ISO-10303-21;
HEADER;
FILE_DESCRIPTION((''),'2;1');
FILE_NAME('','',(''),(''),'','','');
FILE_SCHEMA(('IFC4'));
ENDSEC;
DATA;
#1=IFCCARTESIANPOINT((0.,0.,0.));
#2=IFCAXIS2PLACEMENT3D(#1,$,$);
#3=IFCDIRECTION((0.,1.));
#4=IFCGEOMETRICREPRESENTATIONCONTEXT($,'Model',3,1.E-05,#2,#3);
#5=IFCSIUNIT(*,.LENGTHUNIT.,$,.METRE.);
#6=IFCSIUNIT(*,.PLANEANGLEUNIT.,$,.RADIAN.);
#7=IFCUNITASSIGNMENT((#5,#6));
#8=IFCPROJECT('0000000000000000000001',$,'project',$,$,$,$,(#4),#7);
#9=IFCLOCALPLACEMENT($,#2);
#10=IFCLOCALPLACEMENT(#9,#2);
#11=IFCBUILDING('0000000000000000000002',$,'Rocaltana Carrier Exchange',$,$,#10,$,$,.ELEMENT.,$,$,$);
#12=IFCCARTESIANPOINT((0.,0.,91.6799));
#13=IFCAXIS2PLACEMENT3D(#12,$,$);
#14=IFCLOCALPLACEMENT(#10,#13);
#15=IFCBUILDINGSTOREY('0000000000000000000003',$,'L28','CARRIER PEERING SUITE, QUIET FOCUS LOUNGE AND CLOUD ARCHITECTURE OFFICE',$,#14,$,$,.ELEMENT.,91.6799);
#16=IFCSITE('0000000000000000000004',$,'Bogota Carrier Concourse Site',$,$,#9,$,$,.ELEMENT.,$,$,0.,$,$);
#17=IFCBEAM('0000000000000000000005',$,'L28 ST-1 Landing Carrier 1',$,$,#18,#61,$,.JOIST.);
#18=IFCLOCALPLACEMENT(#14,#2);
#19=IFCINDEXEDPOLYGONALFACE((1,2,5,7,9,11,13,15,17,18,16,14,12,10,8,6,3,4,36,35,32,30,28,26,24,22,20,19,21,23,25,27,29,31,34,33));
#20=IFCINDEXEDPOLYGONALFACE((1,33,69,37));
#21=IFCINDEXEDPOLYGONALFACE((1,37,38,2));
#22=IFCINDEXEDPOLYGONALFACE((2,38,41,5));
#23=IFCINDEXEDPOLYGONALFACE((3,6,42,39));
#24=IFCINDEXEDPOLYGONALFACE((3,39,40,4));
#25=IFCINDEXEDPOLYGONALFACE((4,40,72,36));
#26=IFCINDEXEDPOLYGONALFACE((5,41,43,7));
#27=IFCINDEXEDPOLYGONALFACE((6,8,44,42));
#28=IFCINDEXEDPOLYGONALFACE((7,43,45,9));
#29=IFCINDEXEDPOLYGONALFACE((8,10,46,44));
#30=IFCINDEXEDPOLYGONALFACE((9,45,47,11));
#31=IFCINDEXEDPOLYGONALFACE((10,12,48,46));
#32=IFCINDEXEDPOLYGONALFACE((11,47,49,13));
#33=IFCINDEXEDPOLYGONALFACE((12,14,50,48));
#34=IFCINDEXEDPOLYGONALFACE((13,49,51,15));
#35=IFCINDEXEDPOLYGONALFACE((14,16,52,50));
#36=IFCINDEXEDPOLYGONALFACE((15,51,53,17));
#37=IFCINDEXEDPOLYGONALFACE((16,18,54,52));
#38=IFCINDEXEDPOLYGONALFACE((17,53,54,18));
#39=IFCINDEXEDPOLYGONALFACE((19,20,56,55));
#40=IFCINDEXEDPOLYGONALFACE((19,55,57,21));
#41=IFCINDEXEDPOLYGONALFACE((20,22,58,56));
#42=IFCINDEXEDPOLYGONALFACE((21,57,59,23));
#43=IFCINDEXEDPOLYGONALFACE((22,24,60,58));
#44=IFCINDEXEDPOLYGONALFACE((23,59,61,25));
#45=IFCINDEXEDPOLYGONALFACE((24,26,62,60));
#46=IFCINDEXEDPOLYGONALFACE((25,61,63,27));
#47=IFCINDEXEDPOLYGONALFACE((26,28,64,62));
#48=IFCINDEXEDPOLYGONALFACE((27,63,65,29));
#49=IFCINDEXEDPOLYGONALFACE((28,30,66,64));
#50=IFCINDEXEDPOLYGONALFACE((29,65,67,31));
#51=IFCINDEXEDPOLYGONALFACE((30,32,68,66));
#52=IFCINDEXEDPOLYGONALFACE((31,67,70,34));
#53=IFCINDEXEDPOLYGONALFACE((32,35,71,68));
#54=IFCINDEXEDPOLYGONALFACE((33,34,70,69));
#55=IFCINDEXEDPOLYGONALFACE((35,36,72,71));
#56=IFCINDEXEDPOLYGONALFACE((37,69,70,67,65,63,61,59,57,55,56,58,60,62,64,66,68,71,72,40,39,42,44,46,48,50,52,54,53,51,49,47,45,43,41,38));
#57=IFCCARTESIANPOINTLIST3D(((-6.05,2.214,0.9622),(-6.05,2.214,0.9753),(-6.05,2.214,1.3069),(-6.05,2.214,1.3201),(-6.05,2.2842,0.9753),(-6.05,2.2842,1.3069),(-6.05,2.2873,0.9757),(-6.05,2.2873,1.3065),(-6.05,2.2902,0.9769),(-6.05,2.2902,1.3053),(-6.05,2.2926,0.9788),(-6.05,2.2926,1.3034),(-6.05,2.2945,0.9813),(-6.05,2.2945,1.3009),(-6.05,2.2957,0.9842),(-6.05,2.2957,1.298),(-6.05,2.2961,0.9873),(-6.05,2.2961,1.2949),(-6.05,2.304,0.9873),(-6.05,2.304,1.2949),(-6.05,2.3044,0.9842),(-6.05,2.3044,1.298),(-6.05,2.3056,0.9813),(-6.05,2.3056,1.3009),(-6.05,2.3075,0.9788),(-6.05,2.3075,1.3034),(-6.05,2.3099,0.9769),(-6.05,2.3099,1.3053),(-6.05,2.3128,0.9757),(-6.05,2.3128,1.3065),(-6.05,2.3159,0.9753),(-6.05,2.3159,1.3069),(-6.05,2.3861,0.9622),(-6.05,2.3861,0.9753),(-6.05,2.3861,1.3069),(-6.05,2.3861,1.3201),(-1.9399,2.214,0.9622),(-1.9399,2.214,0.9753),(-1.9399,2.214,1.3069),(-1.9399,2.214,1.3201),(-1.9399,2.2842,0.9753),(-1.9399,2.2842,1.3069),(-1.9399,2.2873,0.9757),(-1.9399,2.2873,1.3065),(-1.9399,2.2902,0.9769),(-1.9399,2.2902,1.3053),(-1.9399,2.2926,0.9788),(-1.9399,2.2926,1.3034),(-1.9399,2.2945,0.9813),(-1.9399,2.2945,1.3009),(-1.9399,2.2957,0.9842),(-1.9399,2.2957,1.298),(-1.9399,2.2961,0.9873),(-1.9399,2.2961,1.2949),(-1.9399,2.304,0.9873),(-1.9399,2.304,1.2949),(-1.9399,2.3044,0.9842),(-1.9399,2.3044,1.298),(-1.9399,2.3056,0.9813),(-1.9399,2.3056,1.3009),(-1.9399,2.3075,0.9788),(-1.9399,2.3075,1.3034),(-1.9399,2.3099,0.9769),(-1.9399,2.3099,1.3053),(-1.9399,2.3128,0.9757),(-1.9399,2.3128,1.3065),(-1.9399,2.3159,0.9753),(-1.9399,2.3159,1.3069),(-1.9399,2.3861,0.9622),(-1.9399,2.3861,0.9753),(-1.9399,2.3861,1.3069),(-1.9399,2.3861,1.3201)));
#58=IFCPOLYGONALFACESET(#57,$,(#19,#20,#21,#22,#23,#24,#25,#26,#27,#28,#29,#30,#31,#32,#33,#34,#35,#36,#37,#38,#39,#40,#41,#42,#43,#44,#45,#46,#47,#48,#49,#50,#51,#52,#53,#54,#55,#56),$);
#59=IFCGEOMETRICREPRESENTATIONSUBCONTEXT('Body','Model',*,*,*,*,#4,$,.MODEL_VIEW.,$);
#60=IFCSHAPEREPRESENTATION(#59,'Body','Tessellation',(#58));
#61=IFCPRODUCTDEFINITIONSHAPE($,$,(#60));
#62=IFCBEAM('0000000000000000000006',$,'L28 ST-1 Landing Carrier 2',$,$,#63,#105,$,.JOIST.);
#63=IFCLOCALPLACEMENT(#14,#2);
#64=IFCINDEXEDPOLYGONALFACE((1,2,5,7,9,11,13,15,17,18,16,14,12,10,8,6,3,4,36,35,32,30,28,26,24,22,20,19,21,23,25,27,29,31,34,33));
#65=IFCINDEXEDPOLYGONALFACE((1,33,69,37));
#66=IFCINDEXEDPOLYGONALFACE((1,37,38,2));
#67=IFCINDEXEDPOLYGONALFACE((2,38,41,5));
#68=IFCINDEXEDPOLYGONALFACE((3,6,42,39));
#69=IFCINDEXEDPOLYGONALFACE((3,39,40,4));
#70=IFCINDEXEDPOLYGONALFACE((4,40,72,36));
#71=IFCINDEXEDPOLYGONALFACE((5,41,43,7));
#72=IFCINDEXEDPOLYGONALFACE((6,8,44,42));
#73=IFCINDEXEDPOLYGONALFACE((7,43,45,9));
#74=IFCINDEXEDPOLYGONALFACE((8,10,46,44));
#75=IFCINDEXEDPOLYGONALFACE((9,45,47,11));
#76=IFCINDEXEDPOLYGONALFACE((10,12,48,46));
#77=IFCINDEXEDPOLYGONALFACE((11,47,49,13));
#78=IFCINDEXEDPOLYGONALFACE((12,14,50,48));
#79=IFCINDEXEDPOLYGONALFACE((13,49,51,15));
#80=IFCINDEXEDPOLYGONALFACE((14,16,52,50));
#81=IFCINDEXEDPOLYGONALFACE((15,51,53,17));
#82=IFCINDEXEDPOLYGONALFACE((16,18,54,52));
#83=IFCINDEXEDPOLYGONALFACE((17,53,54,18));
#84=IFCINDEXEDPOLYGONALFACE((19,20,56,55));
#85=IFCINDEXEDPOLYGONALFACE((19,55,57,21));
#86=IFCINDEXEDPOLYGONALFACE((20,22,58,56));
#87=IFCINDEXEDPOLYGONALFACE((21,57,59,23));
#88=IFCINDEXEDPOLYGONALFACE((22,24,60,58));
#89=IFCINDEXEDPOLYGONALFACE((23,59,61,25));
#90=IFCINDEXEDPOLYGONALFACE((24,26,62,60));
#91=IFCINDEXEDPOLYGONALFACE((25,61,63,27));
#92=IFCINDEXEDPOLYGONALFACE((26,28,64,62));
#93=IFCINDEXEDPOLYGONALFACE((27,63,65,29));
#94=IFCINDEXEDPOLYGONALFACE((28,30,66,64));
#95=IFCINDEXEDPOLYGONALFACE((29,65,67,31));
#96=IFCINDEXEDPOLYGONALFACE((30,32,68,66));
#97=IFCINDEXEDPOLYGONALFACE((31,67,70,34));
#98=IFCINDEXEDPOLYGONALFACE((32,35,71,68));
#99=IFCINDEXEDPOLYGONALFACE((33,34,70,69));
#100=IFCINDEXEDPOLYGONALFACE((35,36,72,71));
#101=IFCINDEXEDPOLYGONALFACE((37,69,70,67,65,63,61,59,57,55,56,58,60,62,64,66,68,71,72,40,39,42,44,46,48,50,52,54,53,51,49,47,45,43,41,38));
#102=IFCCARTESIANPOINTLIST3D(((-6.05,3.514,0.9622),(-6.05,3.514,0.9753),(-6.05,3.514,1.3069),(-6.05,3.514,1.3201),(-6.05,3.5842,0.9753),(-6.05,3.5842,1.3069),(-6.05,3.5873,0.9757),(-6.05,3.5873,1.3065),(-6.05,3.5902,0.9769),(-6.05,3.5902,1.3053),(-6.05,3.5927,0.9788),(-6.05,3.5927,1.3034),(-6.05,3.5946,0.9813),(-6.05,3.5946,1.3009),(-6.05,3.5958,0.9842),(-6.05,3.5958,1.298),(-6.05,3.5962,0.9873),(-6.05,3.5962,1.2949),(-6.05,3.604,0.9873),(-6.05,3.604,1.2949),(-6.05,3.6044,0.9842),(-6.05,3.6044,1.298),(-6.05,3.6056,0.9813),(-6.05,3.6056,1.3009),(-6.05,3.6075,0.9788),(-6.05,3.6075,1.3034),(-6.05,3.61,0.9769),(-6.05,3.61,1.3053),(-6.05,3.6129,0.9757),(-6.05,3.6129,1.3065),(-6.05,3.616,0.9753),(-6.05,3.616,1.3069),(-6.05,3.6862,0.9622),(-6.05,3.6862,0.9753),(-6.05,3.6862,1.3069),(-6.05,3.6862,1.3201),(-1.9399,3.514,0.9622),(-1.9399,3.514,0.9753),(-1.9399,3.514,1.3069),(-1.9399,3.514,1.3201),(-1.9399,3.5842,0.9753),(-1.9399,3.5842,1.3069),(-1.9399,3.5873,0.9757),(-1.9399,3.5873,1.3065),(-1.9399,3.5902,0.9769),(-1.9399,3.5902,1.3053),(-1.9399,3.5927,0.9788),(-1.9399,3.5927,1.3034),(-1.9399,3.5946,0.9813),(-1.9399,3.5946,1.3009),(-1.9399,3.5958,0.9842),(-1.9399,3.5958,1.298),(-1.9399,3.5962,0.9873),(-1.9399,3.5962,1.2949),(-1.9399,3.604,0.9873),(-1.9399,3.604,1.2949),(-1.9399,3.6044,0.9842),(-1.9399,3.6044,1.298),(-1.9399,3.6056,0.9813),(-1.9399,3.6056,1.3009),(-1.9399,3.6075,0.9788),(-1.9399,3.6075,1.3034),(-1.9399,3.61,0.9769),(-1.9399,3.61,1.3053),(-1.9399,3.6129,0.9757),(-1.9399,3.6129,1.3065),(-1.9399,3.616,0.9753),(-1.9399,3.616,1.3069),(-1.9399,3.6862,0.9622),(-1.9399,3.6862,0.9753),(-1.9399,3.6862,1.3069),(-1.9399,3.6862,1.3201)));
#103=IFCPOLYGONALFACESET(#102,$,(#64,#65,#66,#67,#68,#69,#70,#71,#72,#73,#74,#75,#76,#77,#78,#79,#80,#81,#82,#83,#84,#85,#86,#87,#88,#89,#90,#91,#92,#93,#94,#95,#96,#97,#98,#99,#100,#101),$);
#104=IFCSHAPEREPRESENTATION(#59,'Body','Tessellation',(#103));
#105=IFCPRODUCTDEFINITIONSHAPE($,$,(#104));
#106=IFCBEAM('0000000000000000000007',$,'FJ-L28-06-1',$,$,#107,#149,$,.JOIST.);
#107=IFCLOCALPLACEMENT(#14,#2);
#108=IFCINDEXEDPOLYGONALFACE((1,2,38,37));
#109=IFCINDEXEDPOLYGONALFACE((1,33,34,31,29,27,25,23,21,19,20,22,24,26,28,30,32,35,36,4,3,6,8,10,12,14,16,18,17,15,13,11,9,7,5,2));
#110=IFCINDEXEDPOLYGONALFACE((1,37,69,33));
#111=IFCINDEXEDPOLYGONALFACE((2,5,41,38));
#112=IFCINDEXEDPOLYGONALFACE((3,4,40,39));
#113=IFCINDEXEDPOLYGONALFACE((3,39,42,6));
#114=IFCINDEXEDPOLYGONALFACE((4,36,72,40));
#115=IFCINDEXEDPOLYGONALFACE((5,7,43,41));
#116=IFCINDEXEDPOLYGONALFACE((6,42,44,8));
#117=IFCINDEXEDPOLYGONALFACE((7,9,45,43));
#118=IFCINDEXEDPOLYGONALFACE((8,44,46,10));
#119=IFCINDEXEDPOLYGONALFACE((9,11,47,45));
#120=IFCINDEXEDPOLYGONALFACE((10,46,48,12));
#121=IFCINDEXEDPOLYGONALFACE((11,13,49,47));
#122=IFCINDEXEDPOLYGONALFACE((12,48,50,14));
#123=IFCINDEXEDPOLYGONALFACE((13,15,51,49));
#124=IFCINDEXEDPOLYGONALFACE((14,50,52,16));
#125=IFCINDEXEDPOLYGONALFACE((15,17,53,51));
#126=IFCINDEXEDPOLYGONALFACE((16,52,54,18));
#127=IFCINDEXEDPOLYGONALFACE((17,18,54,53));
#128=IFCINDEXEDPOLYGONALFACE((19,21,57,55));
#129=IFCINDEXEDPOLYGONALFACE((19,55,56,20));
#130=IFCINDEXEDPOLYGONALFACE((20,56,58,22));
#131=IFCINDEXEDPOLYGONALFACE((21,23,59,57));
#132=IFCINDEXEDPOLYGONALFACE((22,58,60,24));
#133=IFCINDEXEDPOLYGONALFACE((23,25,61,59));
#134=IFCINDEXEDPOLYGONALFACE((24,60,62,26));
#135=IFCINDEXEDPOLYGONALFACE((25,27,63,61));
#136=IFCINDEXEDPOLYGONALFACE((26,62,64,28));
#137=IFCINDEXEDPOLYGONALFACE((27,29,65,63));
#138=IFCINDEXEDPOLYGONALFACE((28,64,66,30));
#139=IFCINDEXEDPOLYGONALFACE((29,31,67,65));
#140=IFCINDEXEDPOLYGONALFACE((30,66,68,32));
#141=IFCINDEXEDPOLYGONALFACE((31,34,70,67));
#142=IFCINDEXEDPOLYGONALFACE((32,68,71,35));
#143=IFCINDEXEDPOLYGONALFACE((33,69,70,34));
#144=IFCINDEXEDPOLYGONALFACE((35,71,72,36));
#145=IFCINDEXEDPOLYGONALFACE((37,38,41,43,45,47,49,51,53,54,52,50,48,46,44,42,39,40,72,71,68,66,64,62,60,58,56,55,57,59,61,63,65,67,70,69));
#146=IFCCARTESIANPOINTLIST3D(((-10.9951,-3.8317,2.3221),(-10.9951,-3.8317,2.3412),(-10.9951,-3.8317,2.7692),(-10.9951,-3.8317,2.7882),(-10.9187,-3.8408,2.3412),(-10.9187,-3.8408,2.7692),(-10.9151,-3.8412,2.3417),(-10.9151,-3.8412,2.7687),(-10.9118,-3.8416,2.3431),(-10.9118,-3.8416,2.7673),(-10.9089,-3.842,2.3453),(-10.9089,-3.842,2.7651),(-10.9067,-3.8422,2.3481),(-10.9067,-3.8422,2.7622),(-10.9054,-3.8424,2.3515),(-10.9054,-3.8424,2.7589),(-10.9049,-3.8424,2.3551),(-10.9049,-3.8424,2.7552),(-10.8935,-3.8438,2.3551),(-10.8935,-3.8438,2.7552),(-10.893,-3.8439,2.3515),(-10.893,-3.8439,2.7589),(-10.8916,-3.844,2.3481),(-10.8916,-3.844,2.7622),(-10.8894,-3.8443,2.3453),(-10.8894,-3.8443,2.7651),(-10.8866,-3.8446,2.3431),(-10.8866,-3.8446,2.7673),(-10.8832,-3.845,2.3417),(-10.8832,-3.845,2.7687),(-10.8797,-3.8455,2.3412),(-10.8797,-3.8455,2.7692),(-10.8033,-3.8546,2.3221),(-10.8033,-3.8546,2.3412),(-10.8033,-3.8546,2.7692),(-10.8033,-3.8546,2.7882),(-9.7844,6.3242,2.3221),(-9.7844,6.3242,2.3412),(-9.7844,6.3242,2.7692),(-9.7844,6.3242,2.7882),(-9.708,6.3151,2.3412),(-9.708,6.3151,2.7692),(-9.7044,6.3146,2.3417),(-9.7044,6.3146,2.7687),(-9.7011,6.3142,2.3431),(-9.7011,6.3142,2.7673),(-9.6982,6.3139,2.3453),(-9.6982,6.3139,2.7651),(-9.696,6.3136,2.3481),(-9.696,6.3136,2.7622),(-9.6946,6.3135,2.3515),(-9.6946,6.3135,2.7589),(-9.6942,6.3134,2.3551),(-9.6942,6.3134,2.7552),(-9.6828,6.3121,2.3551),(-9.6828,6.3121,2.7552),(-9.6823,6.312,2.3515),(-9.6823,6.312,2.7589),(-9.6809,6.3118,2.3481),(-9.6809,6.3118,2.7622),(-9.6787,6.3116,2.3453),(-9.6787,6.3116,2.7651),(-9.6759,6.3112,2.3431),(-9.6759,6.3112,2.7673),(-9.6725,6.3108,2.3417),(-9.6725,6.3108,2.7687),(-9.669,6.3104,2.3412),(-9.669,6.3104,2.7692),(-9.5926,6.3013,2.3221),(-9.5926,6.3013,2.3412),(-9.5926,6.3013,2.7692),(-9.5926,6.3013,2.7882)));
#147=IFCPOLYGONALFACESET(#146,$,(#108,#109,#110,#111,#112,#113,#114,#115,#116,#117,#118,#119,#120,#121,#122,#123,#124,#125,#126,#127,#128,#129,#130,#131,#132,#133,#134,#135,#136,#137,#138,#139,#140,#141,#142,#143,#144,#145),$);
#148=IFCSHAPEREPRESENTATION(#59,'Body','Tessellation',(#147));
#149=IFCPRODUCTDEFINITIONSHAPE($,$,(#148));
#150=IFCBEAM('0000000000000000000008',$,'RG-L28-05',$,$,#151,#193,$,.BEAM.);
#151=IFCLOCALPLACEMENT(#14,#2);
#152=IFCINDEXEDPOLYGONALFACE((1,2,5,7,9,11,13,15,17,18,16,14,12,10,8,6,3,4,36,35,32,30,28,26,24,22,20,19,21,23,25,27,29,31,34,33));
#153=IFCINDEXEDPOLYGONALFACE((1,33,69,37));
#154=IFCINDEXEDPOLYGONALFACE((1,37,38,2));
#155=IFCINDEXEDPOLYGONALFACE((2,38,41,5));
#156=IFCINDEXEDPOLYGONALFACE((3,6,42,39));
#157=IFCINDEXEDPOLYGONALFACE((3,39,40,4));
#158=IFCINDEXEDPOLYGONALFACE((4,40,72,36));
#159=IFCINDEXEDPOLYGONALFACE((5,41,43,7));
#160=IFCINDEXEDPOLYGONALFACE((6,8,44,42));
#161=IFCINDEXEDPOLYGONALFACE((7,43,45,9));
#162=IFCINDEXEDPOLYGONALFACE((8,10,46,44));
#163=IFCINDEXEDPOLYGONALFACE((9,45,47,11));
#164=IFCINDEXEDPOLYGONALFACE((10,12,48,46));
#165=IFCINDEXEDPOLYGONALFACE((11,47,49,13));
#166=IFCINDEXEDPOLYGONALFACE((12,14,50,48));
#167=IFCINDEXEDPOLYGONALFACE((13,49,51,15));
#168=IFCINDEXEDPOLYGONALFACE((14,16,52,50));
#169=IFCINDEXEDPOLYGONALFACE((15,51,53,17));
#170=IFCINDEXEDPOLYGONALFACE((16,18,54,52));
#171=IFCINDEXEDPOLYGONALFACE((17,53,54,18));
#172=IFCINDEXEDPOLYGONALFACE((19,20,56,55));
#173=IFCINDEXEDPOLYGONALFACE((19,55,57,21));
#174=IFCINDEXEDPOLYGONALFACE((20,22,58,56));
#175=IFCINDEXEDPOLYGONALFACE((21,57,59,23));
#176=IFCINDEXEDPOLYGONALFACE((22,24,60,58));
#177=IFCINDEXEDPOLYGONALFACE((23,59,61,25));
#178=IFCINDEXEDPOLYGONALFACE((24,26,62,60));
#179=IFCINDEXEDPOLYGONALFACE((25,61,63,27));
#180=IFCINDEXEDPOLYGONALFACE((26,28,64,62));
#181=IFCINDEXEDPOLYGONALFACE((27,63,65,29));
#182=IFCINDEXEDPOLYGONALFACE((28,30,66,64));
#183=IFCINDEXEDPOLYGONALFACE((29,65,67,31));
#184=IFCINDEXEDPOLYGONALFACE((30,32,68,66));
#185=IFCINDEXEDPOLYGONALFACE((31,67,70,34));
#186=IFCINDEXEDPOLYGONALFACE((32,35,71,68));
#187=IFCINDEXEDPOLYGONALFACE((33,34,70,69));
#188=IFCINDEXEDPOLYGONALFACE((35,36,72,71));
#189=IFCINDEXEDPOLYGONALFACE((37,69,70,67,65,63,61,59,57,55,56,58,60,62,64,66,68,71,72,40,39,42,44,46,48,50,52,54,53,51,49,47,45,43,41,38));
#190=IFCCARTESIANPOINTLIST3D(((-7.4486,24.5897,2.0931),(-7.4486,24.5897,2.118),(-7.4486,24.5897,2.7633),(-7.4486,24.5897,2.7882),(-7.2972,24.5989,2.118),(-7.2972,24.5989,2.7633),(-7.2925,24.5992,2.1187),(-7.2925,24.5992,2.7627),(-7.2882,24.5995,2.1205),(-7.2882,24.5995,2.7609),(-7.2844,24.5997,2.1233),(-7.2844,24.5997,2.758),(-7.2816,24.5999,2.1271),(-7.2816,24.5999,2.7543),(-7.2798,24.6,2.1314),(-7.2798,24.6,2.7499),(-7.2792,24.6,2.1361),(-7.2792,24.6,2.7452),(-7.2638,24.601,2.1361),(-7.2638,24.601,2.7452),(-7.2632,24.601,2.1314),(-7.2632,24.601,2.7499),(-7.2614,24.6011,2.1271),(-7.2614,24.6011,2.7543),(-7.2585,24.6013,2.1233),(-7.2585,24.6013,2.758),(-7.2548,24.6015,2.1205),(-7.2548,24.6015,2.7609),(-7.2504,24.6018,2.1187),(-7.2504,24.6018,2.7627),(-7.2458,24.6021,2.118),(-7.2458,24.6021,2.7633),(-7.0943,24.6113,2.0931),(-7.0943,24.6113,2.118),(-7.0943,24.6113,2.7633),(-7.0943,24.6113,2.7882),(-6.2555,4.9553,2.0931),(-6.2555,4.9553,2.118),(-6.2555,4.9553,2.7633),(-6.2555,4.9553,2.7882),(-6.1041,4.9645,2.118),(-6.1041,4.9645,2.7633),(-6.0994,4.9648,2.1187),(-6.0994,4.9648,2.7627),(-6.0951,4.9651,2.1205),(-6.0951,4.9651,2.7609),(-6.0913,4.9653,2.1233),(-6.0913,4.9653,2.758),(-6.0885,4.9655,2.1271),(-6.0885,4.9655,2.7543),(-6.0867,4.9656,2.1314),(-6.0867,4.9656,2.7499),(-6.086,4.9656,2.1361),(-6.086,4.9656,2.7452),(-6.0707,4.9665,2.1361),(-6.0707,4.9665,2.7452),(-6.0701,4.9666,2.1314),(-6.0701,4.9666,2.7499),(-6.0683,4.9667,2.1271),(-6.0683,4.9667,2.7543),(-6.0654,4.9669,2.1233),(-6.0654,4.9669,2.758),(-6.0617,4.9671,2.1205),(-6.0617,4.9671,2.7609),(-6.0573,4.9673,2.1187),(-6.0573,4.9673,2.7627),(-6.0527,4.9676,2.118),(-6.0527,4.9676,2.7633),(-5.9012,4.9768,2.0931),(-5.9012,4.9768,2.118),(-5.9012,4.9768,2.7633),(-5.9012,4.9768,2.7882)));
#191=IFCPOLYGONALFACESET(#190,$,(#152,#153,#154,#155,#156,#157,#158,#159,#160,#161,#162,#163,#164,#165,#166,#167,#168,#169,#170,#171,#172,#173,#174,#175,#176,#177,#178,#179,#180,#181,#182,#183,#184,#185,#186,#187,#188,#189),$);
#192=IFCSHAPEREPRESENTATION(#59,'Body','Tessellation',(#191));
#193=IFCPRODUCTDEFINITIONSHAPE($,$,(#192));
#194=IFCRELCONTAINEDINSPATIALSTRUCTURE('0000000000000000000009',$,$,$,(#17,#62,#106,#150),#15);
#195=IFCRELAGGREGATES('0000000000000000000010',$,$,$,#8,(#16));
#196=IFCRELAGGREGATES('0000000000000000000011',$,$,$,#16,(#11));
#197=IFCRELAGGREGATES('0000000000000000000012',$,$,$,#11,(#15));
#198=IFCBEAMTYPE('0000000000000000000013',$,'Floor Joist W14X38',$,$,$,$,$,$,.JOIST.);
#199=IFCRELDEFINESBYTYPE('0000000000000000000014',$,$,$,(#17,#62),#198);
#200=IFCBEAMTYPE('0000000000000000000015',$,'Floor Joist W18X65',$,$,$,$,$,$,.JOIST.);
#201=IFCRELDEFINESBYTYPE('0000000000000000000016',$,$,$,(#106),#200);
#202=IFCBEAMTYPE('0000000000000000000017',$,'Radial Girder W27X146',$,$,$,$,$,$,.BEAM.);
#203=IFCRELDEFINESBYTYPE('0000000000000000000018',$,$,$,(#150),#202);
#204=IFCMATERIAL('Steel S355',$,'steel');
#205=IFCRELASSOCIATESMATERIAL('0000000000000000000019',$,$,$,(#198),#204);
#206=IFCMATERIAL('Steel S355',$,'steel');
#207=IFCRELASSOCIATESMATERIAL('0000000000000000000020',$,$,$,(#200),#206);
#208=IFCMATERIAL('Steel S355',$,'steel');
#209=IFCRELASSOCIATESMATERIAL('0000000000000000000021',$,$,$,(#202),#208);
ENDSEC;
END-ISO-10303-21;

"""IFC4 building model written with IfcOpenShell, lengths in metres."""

from ifc_helpers import new_model, si_unit, direction, frame, origin, origin_2d, place, context, subcontext, project, spatial, i_section, extrude, material, material_profile, profile_set, type_object, element, save


model = new_model("IFC4")

# Units and contexts
model_context = context("Model", 3, precision=1e-05, world=origin(), true_north=direction((0.0, 1.0)))
body_context = subcontext(model_context, "Body", "Model", "MODEL_VIEW")
ifc_project = project(units=[si_unit("LENGTHUNIT", "METRE"), si_unit("PLANEANGLEUNIT", "RADIAN")], contexts=[model_context])

# Site, building, storey
site_placement = place(None, origin())
site = spatial("IfcSite", under=ifc_project, at=site_placement, Name="Bogota Carrier Concourse Site", CompositionType="ELEMENT", RefElevation=0.0)
building_placement = place(site_placement, origin())
building = spatial("IfcBuilding", under=site, at=building_placement, Name="Rocaltana Carrier Exchange", CompositionType="ELEMENT")
storey_placement = place(building_placement, frame((0.0, 0.0, 91.6799)))
storey = spatial("IfcBuildingStorey", under=building, at=storey_placement, Name="L28", Description="CARRIER PEERING SUITE, QUIET FOCUS LOUNGE AND CLOUD ARCHITECTURE OFFICE", CompositionType="ELEMENT", Elevation=91.6799)

# Beams
ifc_material_1 = material(Name="Steel S355", Category="steel")
ifc_material_profile_1 = material_profile(ifc_material_1, i_section(OverallWidth=0.1721, OverallDepth=0.3579, WebThickness=0.0078, FlangeThickness=0.0132, FilletRadius=0.012, at=origin_2d()), Name="W14X38")
ifc_profile_set_1 = profile_set([ifc_material_profile_1], Name="Steel S355")
beam_type_1 = type_object("IfcBeamType", Name="Floor Joist W14X38", PredefinedType="JOIST", material=ifc_profile_set_1)
for number, where, z_axis, x_axis, name in (
    (1, (-6.05, 2.3, 1.1411), (1.0, 0.0, 0.0), (0.0, 1.0, 0.0), "L28 ST-1 Landing Carrier 1"),
    (2, (-6.05, 3.6001, 1.1411), (1.0, 0.0, 0.0), (0.0, 1.0, 0.0), "L28 ST-1 Landing Carrier 2"),
):
    element("IfcBeam", number, at=place(storey_placement, frame(where, z_axis=z_axis, x_axis=x_axis)), inside=storey, type_object=beam_type_1, Name=name, PredefinedType="JOIST", context=body_context, shape_type="SweptSolid", body=[
        extrude(i_section(OverallWidth=0.1721, OverallDepth=0.3579, WebThickness=0.0078, FlangeThickness=0.0132, FilletRadius=0.012, at=origin_2d()), origin(), (0.0, 0.0, 1.0), 4.1101),
    ])
ifc_material_2 = material(Name="Steel S355", Category="steel")
ifc_material_profile_2 = material_profile(ifc_material_2, i_section(OverallWidth=0.1931, OverallDepth=0.4661, WebThickness=0.0115, FlangeThickness=0.019, FilletRadius=0.0139, at=origin_2d()), Name="W18X65")
ifc_profile_set_2 = profile_set([ifc_material_profile_2], Name="Steel S355")
beam_type_2 = type_object("IfcBeamType", Name="Floor Joist W18X65", PredefinedType="JOIST", material=ifc_profile_set_2)
beam_1_placement = place(storey_placement, frame((-9.6885, 6.3127, 2.5552), z_axis=(-0.118374, -0.992969, 0.0), x_axis=(0.992969, -0.118374, 0.0)))
element("IfcBeam", 3, at=beam_1_placement, inside=storey, type_object=beam_type_2, Name="FJ-L28-06-1", PredefinedType="JOIST", context=body_context, shape_type="SweptSolid", body=[
    extrude(i_section(OverallWidth=0.1931, OverallDepth=0.4661, WebThickness=0.0115, FlangeThickness=0.019, FilletRadius=0.0139, at=origin_2d()), origin(), (0.0, 0.0, 1.0), 10.2278),
])
ifc_material_3 = material(Name="Steel S355", Category="steel")
ifc_material_profile_3 = material_profile(ifc_material_3, i_section(OverallWidth=0.355, OverallDepth=0.6951, WebThickness=0.0154, FlangeThickness=0.0249, FilletRadius=0.0181, at=origin_2d()), Name="W27X146")
ifc_profile_set_3 = profile_set([ifc_material_profile_3], Name="Steel S355")
beam_type_3 = type_object("IfcBeamType", Name="Radial Girder W27X146", PredefinedType="BEAM", material=ifc_profile_set_3)
beam_2_placement = place(storey_placement, frame((-6.0784, 4.9661, 2.4407), z_axis=(-0.060654, 0.998159, 0.0), x_axis=(-0.998159, -0.060654, 0.0)))
element("IfcBeam", 4, at=beam_2_placement, inside=storey, type_object=beam_type_3, Name="RG-L28-05", PredefinedType="BEAM", context=body_context, shape_type="SweptSolid", body=[
    extrude(i_section(OverallWidth=0.355, OverallDepth=0.6951, WebThickness=0.0154, FlangeThickness=0.0249, FilletRadius=0.0181, at=origin_2d()), origin(), (0.0, 0.0, 1.0), 19.6707),
])

save(model, "model.ifc")
